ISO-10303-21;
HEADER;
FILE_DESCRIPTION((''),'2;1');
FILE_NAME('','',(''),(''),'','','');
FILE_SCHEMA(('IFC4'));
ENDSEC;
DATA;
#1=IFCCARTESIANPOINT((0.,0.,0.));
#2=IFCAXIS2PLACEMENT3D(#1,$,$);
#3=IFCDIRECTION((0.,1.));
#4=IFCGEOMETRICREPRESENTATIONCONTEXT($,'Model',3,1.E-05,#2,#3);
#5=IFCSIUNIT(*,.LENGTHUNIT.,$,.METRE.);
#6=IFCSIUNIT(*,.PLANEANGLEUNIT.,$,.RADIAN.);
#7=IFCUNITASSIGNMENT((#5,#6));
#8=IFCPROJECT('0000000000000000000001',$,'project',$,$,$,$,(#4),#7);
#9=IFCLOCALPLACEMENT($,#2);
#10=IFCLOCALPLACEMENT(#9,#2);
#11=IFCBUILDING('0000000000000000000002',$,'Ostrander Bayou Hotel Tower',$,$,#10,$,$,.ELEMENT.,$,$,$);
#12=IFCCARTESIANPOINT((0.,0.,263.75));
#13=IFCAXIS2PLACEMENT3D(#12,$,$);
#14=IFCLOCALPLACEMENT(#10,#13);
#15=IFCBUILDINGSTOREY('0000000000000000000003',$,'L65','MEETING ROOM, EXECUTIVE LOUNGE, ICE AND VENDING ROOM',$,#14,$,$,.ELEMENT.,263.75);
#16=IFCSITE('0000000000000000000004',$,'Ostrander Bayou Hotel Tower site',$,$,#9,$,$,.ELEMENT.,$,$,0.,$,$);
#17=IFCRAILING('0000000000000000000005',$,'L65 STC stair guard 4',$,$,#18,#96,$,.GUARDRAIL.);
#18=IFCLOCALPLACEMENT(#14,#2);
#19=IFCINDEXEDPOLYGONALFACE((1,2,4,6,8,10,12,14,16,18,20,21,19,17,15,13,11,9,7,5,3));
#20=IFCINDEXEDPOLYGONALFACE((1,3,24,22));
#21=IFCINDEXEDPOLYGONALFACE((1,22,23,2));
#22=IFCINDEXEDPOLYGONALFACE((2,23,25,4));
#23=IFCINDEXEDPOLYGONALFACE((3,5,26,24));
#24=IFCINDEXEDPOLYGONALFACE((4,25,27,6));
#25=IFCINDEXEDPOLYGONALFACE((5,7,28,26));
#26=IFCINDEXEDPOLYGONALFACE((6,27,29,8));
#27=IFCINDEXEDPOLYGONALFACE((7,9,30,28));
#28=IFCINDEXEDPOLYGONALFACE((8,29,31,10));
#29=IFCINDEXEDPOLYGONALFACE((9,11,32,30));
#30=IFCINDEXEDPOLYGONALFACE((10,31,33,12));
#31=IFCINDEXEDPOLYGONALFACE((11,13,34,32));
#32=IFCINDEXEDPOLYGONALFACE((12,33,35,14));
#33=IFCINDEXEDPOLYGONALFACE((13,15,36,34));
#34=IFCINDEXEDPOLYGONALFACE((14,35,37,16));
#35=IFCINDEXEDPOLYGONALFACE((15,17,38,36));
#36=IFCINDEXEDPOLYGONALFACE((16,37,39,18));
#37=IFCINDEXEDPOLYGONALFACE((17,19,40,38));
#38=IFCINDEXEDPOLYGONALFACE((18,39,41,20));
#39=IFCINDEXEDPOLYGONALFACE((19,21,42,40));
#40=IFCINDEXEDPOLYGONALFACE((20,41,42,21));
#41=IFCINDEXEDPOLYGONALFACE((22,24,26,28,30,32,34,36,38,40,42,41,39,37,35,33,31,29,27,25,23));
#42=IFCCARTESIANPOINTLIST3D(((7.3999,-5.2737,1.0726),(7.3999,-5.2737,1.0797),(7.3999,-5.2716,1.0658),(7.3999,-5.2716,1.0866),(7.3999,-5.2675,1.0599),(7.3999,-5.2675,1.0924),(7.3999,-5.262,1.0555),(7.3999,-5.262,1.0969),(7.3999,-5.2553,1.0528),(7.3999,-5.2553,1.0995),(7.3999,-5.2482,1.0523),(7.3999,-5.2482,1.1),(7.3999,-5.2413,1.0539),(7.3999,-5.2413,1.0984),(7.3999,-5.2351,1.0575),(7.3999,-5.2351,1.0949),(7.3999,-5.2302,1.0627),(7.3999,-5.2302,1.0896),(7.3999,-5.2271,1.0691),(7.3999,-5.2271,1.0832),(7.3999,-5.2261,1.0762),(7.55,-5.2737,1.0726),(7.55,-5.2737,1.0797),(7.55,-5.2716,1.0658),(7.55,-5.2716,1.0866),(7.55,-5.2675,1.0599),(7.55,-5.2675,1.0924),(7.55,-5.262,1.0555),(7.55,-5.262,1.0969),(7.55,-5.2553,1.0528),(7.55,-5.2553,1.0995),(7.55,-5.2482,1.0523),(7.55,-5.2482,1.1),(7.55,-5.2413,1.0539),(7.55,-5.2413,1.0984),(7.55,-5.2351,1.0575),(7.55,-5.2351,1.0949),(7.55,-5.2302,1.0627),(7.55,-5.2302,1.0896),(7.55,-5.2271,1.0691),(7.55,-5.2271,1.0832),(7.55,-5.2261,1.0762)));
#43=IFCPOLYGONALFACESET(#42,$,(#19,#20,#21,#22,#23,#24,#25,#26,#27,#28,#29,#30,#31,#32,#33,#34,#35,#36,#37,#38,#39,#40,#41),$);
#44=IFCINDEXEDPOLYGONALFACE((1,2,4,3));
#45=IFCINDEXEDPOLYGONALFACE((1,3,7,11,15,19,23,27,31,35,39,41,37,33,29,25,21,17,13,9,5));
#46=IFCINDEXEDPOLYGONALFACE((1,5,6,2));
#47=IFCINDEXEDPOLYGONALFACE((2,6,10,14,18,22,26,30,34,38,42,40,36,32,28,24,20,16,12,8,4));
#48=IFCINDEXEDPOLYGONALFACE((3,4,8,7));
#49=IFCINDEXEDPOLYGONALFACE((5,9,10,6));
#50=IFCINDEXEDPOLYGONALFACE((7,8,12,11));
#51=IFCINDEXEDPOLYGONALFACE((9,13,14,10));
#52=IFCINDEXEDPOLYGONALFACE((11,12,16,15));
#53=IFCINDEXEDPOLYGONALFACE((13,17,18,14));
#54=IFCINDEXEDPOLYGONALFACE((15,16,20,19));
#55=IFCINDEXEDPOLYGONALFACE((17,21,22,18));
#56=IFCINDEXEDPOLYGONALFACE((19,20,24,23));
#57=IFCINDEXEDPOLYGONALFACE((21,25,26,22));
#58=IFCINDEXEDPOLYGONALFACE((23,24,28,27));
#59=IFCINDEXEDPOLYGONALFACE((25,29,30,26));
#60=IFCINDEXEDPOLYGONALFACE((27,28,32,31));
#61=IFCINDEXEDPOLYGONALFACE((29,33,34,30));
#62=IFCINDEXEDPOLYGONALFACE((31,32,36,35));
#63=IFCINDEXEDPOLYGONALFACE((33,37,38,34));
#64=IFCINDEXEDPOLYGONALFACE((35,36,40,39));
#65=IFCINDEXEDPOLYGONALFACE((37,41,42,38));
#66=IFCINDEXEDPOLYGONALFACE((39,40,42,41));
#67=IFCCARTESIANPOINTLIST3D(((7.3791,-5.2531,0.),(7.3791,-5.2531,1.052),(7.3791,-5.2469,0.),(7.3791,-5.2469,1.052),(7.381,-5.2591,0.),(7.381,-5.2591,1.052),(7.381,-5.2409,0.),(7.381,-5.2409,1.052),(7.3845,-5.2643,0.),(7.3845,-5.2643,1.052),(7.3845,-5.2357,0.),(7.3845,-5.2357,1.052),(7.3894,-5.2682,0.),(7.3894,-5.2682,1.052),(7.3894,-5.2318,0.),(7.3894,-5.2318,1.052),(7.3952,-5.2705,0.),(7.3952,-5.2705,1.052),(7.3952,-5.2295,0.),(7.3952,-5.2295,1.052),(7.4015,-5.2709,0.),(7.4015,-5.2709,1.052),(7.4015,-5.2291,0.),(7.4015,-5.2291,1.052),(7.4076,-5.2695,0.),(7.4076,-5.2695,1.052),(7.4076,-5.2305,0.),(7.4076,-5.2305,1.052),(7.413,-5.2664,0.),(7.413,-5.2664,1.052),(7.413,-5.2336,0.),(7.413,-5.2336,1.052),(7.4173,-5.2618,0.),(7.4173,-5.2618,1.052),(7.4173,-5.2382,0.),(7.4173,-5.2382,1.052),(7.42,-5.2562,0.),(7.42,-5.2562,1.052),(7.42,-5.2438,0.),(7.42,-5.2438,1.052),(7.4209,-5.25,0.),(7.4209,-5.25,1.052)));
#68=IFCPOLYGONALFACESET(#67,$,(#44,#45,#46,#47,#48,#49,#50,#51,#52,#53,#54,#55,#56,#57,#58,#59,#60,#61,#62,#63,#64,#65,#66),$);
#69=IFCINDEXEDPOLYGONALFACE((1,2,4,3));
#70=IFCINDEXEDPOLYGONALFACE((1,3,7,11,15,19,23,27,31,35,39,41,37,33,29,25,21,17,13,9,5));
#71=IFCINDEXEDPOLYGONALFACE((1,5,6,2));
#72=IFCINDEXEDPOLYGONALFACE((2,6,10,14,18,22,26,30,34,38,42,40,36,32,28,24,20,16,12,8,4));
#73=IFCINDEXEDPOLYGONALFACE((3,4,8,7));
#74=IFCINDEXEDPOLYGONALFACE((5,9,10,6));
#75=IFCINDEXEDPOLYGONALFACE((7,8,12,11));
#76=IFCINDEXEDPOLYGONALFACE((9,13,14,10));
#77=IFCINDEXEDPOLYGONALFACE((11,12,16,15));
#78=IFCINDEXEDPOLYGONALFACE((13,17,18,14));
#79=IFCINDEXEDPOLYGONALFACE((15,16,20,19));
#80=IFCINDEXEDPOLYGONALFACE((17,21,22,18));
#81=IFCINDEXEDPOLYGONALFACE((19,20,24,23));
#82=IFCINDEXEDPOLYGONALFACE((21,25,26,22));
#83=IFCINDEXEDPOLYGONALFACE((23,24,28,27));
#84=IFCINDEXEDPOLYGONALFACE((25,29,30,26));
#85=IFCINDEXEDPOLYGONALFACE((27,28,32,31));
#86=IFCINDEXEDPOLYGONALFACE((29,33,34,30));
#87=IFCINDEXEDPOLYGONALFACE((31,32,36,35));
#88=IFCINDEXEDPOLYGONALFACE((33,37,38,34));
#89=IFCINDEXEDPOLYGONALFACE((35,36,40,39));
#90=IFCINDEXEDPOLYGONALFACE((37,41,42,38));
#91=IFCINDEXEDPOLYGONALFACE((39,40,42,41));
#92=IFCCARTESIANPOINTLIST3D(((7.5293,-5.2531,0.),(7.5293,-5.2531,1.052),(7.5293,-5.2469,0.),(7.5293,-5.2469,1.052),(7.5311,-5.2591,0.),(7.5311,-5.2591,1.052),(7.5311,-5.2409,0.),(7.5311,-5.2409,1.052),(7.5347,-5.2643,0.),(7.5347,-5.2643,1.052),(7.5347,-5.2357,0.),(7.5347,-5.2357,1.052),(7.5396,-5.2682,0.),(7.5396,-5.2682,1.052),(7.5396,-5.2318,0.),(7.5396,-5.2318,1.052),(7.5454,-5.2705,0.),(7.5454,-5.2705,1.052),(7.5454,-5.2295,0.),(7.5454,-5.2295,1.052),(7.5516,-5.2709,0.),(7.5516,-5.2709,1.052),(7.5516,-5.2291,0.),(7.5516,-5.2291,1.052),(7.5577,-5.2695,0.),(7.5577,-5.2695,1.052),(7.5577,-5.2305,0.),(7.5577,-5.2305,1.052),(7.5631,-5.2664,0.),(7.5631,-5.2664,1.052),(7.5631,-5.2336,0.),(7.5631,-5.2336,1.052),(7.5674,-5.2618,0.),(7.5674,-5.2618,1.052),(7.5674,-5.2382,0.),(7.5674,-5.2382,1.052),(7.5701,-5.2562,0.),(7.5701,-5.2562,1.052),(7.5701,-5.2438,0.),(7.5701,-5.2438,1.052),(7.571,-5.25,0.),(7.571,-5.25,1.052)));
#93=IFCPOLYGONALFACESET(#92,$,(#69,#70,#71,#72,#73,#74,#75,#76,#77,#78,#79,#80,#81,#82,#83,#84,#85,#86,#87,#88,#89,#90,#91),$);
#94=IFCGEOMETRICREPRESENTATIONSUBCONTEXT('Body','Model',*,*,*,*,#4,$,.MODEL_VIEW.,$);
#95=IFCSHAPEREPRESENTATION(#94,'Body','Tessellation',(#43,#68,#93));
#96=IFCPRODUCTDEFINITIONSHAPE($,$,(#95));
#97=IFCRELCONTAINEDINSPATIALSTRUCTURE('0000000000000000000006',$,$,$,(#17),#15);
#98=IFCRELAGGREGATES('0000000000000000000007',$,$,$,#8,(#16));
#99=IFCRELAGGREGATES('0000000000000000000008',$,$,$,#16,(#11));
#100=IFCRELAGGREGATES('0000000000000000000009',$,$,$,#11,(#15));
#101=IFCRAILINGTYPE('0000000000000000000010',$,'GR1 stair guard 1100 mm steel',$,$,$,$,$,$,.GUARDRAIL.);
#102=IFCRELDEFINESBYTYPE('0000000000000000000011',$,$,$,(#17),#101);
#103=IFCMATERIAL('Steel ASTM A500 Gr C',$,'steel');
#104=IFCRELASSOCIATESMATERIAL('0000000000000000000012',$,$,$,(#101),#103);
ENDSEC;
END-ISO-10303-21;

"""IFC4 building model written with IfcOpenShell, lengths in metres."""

from ifc_helpers import new_model, si_unit, direction, frame, origin, origin_2d, place, context, subcontext, project, spatial, circle, extrude, material, type_object, element, save


model = new_model("IFC4")

# Units and contexts
model_context = context("Model", 3, precision=1e-05, world=origin(), true_north=direction((0.0, 1.0)))
body_context = subcontext(model_context, "Body", "Model", "MODEL_VIEW")
ifc_project = project(units=[si_unit("LENGTHUNIT", "METRE"), si_unit("PLANEANGLEUNIT", "RADIAN")], contexts=[model_context])

# Site, building, storey
site_placement = place(None, origin())
site = spatial("IfcSite", under=ifc_project, at=site_placement, Name="Ostrander Bayou Hotel Tower site", CompositionType="ELEMENT", RefElevation=0.0)
building_placement = place(site_placement, origin())
building = spatial("IfcBuilding", under=site, at=building_placement, Name="Ostrander Bayou Hotel Tower", CompositionType="ELEMENT")
storey_placement = place(building_placement, frame((0.0, 0.0, 263.75)))
storey = spatial("IfcBuildingStorey", under=building, at=storey_placement, Name="L65", Description="MEETING ROOM, EXECUTIVE LOUNGE, ICE AND VENDING ROOM", CompositionType="ELEMENT", Elevation=263.75)

# Railing
ifc_material_1 = material(Name="Steel ASTM A500 Gr C", Category="steel")
railing_type_1 = type_object("IfcRailingType", Name="GR1 stair guard 1100 mm steel", PredefinedType="GUARDRAIL", material=ifc_material_1)
railing_1_placement = place(storey_placement, frame((7.3999, -5.25, 0.0)))
element("IfcRailing", 1, at=railing_1_placement, inside=storey, type_object=railing_type_1, Name="L65 STC stair guard 4", PredefinedType="GUARDRAIL", context=body_context, shape_type="SweptSolid", body=[
    extrude(circle(Radius=0.0239, at=origin_2d()), frame((0.0, 0.0, 1.0762), z_axis=(1.0, 0.0, 0.0), x_axis=(0.0, 1.0, 0.0)), (0.0, 0.0, 1.0), 0.1501),
    extrude(circle(Radius=0.021, at=origin_2d()), origin(), (0.0, 0.0, 1.0), 1.052),
    extrude(circle(Radius=0.021, at=origin_2d()), frame((0.1501, 0.0, 0.0)), (0.0, 0.0, 1.0), 1.052),
])

save(model, "model.ifc")
